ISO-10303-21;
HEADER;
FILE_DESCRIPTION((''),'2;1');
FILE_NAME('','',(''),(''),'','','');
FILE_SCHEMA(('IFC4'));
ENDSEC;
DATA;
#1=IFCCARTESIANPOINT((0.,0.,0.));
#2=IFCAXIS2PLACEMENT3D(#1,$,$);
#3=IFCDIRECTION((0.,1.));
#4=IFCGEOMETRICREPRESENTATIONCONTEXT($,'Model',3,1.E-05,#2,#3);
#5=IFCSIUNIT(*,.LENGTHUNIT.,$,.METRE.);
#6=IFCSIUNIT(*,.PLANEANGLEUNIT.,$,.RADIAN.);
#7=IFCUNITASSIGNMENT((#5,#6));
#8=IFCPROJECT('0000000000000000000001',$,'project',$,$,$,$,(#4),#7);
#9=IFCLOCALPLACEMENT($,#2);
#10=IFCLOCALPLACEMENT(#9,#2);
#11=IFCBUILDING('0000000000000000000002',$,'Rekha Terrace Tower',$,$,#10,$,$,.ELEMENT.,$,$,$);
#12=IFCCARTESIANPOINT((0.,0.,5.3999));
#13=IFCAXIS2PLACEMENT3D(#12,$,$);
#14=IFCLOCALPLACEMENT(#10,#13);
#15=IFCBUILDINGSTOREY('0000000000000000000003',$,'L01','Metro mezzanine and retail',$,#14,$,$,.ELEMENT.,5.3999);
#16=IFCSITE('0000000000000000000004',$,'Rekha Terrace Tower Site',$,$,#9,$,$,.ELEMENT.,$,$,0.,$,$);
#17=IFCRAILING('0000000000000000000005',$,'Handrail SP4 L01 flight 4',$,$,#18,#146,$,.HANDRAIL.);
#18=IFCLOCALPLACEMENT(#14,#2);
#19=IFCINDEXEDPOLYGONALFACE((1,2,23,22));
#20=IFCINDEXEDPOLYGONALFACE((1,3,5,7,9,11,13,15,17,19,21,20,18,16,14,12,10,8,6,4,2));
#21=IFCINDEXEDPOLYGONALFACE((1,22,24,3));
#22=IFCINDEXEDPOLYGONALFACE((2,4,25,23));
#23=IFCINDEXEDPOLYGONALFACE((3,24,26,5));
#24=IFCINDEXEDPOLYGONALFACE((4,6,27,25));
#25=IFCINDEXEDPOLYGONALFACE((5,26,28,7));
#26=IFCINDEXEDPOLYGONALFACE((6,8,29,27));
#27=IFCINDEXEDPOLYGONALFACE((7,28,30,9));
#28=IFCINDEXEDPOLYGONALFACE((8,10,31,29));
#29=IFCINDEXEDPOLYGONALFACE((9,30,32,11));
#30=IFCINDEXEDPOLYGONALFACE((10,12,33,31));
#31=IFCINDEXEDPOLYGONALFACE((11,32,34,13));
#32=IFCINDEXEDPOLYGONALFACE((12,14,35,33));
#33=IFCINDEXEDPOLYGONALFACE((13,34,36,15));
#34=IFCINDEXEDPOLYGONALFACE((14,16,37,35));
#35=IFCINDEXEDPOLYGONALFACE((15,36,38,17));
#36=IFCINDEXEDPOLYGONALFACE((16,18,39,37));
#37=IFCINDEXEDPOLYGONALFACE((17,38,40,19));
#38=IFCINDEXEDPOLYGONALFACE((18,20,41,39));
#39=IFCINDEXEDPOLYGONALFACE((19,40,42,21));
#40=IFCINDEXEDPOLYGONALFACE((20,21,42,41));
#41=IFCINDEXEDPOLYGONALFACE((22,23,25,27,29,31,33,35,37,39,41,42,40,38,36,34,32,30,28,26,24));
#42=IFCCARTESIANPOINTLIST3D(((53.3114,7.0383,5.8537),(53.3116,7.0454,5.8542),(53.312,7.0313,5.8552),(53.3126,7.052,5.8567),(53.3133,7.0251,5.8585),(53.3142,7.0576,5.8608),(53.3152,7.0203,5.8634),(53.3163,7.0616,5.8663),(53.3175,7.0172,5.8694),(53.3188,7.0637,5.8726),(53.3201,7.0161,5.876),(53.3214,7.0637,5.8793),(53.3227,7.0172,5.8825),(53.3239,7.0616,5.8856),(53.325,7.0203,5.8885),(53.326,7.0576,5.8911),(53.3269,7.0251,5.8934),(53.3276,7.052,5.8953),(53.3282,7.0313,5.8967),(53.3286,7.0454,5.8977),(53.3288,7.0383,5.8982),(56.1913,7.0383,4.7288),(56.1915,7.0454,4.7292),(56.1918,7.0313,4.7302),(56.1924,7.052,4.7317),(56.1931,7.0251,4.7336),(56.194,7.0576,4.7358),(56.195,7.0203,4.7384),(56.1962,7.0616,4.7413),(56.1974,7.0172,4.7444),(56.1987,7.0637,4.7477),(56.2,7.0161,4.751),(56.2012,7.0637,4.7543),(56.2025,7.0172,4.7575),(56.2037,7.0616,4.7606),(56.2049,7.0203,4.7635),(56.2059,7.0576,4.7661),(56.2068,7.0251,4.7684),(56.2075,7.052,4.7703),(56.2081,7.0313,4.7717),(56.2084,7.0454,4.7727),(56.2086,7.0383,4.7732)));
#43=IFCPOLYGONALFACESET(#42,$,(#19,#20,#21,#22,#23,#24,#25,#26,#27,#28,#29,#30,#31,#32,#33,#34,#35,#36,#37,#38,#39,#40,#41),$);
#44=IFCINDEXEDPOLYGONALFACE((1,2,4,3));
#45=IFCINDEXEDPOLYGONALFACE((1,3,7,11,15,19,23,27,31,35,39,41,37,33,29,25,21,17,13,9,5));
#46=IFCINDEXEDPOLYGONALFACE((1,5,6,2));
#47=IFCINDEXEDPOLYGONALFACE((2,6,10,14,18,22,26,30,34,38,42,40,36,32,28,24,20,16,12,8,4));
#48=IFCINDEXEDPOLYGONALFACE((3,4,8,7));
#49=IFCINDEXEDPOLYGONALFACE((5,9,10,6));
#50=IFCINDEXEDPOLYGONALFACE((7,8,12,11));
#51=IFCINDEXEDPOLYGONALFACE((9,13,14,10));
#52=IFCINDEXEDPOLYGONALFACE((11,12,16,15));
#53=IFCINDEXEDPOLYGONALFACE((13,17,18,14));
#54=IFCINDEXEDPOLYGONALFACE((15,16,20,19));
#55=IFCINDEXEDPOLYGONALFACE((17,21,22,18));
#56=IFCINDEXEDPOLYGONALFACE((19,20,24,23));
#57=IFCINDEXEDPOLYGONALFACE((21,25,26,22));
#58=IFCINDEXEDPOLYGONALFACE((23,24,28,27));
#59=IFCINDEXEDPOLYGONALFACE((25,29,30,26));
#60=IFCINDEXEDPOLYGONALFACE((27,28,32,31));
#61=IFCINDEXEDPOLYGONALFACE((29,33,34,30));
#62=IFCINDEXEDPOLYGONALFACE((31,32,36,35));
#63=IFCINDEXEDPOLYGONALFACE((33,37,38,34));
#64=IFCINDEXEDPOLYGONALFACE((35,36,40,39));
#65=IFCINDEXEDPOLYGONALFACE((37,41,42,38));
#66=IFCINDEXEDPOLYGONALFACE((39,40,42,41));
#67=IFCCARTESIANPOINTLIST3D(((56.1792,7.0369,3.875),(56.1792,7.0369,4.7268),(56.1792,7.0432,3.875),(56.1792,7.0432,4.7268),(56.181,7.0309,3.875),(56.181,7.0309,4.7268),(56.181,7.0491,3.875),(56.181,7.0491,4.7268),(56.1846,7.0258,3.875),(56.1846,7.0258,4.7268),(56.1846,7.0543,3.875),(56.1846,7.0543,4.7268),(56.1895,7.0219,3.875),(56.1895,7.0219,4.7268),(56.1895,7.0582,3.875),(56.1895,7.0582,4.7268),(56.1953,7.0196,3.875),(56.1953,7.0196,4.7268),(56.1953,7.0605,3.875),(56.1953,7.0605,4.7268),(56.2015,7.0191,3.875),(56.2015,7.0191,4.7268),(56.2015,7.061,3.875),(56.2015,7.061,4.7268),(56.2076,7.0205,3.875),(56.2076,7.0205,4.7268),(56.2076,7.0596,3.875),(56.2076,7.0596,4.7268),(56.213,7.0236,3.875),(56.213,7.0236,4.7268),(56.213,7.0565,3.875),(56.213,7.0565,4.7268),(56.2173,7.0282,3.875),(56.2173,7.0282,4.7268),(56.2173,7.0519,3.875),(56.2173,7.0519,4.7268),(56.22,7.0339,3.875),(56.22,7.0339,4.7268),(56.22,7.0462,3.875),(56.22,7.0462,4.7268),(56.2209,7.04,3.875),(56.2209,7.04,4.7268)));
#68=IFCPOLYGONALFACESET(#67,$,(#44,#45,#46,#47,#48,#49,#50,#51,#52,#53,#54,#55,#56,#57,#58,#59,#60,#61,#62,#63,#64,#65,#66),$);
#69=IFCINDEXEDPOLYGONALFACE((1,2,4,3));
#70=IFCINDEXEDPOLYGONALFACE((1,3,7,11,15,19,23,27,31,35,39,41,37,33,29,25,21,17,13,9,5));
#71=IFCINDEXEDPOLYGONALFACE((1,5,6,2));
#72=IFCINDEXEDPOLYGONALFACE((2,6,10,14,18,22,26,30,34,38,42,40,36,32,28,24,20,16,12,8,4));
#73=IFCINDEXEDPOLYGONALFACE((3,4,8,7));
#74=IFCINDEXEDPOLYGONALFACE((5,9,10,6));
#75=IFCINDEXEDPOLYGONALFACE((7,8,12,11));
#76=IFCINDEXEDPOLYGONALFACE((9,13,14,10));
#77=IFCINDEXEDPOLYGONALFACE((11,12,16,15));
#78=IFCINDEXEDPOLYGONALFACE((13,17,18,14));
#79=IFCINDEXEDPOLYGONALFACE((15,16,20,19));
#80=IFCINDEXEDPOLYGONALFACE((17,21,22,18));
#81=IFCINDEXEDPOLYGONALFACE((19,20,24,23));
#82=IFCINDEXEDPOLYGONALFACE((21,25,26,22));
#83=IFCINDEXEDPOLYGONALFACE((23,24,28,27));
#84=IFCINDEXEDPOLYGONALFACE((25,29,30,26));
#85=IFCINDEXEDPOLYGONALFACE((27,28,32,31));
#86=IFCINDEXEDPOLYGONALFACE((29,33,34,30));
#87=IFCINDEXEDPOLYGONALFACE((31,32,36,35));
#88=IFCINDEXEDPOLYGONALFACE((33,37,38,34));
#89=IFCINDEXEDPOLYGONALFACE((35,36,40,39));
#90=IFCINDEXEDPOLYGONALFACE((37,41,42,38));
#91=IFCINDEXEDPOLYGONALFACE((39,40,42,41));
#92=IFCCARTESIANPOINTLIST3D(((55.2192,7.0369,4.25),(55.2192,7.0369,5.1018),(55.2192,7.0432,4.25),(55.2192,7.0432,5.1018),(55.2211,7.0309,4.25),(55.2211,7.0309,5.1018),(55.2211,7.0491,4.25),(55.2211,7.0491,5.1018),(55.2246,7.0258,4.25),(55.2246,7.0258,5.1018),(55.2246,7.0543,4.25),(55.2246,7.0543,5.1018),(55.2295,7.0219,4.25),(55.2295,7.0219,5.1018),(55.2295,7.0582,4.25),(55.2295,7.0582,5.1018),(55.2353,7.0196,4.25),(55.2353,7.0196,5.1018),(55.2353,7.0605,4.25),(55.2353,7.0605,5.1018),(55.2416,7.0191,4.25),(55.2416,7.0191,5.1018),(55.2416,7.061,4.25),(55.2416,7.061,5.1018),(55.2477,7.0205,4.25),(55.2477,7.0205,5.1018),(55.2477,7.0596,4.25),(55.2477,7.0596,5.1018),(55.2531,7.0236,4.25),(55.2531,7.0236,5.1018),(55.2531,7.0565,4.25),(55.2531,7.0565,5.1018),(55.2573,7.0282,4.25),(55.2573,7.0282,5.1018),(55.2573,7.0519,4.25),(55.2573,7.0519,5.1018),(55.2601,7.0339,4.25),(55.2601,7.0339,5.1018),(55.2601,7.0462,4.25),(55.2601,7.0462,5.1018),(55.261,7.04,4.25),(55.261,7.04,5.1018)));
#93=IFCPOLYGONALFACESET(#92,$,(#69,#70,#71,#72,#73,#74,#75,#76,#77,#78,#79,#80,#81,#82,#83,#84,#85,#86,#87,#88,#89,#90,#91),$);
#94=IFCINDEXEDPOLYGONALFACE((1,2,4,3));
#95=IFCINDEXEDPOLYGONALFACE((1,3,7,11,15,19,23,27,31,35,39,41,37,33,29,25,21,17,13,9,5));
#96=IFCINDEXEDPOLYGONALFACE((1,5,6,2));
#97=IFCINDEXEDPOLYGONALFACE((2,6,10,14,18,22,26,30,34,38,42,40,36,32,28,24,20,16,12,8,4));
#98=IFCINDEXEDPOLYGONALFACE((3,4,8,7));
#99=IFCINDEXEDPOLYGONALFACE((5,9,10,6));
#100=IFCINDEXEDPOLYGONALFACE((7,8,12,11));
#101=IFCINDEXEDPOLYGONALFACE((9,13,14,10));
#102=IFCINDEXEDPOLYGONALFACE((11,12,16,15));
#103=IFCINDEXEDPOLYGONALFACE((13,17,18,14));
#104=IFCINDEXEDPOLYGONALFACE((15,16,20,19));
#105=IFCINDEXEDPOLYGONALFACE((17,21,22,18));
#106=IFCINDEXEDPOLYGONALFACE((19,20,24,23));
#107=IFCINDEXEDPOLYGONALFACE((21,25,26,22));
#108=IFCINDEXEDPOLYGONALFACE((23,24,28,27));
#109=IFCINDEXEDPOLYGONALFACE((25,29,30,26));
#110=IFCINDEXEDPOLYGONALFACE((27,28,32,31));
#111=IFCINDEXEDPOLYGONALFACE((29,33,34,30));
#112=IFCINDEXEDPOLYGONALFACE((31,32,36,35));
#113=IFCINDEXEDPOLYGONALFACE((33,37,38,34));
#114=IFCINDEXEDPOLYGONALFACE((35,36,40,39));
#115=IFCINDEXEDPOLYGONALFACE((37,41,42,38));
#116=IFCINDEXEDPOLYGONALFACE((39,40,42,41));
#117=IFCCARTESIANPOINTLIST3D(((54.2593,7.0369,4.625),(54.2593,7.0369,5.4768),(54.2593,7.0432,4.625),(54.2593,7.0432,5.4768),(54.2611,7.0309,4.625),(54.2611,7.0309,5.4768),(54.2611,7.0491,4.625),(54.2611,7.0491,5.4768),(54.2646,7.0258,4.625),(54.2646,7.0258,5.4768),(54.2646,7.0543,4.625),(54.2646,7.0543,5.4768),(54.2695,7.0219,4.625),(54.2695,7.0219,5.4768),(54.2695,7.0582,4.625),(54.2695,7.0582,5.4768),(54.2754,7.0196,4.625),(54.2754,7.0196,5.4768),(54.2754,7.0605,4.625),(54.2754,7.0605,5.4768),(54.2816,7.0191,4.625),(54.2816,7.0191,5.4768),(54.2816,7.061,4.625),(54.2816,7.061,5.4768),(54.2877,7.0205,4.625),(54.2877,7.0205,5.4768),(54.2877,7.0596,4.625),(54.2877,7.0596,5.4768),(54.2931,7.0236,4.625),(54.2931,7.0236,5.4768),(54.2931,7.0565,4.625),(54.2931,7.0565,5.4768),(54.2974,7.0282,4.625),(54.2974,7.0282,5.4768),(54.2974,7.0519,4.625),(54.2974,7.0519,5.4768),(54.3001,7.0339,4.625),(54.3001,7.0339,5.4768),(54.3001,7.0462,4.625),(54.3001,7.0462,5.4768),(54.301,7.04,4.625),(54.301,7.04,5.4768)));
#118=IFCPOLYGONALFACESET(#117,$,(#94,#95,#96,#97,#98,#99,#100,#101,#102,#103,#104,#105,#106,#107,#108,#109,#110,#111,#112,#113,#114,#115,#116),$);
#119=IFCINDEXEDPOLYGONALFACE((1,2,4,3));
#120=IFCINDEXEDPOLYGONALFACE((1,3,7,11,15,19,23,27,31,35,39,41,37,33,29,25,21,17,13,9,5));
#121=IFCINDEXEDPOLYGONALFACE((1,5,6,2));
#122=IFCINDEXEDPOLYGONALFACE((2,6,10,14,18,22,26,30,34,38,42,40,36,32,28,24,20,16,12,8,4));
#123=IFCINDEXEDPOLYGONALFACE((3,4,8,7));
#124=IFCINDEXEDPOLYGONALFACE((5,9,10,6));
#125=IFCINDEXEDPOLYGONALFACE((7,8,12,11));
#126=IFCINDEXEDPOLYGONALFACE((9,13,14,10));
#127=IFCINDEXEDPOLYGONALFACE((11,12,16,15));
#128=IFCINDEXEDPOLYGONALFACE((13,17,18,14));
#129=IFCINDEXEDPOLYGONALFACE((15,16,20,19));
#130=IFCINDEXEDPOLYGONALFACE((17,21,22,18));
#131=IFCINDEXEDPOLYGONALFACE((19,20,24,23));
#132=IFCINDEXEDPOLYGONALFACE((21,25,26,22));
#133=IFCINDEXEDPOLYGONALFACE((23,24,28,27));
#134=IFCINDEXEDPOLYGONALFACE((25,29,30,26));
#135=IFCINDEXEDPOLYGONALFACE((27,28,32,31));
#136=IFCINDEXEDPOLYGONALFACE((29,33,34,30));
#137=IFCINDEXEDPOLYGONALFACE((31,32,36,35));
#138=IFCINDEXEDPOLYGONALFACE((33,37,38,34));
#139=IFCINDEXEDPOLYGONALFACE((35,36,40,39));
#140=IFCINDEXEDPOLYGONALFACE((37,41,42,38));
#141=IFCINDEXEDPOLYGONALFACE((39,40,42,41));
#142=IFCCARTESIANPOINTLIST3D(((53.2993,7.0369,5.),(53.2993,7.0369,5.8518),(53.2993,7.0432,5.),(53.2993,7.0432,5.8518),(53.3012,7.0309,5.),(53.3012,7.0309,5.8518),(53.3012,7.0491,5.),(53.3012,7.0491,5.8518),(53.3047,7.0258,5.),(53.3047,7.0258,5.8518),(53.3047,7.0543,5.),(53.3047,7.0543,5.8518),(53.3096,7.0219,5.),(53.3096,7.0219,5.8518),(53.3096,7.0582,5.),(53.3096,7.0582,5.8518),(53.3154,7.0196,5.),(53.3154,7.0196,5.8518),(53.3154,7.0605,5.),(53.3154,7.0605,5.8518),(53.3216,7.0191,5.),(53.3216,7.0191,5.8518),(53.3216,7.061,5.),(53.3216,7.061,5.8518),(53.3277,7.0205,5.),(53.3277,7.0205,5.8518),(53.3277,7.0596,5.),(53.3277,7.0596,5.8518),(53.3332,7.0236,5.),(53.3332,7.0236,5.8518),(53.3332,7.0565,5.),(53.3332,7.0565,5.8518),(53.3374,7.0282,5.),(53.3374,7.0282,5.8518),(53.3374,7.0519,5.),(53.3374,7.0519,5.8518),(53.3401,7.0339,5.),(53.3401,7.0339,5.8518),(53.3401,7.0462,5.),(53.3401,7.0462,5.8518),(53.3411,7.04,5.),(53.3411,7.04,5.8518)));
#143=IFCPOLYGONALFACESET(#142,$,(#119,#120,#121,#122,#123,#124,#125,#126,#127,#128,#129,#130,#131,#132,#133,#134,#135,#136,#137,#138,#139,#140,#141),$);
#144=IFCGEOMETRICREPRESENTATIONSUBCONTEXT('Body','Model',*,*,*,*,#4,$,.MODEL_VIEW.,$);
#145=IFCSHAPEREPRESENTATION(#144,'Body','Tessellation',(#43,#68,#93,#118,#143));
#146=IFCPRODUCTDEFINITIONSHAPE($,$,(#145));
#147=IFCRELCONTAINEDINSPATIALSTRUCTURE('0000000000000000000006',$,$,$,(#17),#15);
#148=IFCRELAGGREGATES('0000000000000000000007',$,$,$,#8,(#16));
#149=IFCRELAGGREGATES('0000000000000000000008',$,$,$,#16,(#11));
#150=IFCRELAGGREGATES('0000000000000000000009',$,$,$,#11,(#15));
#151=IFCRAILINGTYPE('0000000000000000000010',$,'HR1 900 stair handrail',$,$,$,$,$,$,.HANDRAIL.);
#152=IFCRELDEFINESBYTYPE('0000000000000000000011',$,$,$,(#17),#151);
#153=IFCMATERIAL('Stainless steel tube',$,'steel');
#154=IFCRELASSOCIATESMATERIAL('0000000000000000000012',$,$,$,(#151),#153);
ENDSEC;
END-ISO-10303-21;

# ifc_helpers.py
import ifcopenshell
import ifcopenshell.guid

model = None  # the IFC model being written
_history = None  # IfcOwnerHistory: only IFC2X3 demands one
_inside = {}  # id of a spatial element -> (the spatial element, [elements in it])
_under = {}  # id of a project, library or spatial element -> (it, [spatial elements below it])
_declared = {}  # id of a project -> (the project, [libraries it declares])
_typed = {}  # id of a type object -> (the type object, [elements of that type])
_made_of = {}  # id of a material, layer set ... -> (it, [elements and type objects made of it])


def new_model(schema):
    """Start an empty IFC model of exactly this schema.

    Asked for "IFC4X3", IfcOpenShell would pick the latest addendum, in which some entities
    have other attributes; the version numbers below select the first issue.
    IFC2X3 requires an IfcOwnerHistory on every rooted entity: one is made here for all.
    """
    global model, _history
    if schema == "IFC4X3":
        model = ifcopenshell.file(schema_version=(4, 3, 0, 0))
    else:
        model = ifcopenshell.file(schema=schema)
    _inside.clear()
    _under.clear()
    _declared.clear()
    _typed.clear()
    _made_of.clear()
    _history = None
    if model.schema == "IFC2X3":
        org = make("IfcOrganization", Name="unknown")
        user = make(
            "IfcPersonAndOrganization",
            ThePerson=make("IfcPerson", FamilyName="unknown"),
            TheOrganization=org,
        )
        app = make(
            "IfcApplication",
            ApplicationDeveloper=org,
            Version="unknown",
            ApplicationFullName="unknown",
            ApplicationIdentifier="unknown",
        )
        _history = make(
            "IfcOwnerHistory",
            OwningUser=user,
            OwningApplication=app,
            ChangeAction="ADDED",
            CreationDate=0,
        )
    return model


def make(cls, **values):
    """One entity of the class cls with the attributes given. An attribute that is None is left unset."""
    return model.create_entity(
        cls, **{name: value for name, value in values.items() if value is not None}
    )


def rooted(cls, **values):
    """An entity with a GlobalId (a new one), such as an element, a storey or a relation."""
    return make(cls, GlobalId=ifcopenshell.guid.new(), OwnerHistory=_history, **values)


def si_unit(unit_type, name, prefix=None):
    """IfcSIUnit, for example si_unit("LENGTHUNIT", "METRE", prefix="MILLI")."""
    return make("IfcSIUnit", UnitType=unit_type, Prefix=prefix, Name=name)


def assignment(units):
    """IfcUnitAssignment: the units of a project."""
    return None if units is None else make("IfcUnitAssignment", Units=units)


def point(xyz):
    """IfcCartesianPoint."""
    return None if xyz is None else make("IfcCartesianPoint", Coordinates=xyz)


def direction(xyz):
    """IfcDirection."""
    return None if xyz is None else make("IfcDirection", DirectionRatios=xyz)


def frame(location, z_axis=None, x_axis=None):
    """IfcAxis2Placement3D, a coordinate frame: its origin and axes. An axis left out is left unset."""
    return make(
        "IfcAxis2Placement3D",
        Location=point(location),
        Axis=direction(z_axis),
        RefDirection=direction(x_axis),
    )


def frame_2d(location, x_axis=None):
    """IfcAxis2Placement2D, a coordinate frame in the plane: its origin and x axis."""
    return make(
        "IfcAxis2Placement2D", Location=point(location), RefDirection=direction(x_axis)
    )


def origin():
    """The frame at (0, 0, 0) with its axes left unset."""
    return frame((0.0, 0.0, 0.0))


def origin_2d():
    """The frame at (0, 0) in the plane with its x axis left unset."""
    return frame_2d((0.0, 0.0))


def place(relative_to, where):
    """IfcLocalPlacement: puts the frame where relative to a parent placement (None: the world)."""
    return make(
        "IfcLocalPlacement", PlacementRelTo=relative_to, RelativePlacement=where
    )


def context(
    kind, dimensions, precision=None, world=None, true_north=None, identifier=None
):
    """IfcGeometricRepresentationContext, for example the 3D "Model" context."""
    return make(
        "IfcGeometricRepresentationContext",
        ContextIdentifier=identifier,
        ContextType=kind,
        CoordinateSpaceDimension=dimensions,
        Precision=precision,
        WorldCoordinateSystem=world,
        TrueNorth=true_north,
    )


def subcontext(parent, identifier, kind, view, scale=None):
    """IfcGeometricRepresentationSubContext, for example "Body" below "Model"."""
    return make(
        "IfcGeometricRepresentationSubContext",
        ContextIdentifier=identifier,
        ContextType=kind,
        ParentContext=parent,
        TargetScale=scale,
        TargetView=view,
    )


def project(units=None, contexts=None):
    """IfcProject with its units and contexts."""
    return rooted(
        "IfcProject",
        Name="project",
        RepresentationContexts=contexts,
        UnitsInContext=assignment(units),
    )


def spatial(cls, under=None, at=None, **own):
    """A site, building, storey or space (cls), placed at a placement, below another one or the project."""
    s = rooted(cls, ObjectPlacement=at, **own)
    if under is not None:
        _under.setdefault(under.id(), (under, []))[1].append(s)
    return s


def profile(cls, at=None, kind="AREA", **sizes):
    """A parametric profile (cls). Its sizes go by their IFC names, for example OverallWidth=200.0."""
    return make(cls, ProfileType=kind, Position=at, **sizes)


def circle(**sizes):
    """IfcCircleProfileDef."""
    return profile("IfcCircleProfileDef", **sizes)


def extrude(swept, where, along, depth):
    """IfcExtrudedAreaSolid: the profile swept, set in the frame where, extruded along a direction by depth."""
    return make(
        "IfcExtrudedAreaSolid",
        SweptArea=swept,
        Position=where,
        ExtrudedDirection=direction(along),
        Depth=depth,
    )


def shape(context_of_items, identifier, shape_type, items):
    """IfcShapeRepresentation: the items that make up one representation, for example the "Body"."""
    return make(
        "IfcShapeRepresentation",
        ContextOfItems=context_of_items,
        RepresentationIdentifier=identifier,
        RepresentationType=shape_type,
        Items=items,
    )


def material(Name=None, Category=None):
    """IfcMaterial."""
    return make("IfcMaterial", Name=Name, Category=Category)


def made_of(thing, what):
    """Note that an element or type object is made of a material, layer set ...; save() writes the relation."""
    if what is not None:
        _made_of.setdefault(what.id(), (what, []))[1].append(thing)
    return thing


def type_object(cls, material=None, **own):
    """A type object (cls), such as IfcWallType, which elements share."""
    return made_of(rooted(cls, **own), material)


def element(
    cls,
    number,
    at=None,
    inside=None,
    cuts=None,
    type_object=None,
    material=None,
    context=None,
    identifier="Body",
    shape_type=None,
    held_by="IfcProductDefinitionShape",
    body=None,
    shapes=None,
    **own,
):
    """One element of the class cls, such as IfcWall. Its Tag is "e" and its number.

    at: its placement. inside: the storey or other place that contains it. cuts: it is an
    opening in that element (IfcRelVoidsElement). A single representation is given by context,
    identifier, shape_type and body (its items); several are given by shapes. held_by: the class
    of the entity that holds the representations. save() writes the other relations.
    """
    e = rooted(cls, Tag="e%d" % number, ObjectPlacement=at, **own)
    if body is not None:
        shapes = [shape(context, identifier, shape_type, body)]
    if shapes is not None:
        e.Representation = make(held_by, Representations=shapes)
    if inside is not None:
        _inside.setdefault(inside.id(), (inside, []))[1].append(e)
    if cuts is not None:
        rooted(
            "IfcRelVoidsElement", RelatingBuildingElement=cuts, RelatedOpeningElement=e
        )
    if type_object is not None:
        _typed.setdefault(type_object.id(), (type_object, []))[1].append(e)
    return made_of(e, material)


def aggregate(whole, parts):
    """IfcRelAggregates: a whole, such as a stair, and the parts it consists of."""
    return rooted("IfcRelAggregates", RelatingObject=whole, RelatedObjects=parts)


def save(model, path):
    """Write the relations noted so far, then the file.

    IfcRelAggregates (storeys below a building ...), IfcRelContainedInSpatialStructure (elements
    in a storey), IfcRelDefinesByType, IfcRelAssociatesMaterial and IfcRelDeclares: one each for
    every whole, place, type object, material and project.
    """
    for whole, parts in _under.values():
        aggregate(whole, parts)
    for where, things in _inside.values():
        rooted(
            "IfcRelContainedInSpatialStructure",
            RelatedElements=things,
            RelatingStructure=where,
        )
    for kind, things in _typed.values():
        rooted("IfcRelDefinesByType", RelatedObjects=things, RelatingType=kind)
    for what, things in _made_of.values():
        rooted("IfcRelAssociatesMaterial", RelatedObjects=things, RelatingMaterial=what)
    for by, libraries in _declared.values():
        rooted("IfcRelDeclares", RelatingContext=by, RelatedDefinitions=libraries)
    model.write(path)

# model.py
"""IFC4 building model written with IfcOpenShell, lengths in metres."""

from ifc_helpers import new_model, si_unit, direction, frame, origin, origin_2d, place, context, subcontext, project, spatial, circle, extrude, material, type_object, element, save


model = new_model("IFC4")

# Units and contexts
model_context = context("Model", 3, precision=1e-05, world=origin(), true_north=direction((0.0, 1.0)))
body_context = subcontext(model_context, "Body", "Model", "MODEL_VIEW")
ifc_project = project(units=[si_unit("LENGTHUNIT", "METRE"), si_unit("PLANEANGLEUNIT", "RADIAN")], contexts=[model_context])

# Site, building, storey
site_placement = place(None, origin())
site = spatial("IfcSite", under=ifc_project, at=site_placement, Name="Rekha Terrace Tower Site", CompositionType="ELEMENT", RefElevation=0.0)
building_placement = place(site_placement, origin())
building = spatial("IfcBuilding", under=site, at=building_placement, Name="Rekha Terrace Tower", CompositionType="ELEMENT")
storey_placement = place(building_placement, frame((0.0, 0.0, 5.3999)))
storey = spatial("IfcBuildingStorey", under=building, at=storey_placement, Name="L01", Description="Metro mezzanine and retail", CompositionType="ELEMENT", Elevation=5.3999)

# Railing
ifc_material_1 = material(Name="Stainless steel tube", Category="steel")
railing_type_1 = type_object("IfcRailingType", Name="HR1 900 stair handrail", PredefinedType="HANDRAIL", material=ifc_material_1)
railing_1_placement = place(storey_placement, frame((56.2, 7.04, 3.875)))
element("IfcRailing", 1, at=railing_1_placement, inside=storey, type_object=railing_type_1, Name="Handrail SP4 L01 flight 4", PredefinedType="HANDRAIL", context=body_context, shape_type="SweptSolid", body=[
    extrude(circle(Radius=0.0239, at=origin_2d()), frame((0.0, 0.0, 0.876), z_axis=(-0.931452, 0.0, 0.363863), x_axis=(0.0, -1.0, 0.0)), (0.0, 0.0, 1.0), 3.0918),
    extrude(circle(Radius=0.021, at=origin_2d()), origin(), (0.0, 0.0, 1.0), 0.8518),
    extrude(circle(Radius=0.021, at=origin_2d()), frame((-0.96, 0.0, 0.375)), (0.0, 0.0, 1.0), 0.8518),
    extrude(circle(Radius=0.021, at=origin_2d()), frame((-1.9199, 0.0, 0.75)), (0.0, 0.0, 1.0), 0.8518),
    extrude(circle(Radius=0.021, at=origin_2d()), frame((-2.8799, 0.0, 1.125)), (0.0, 0.0, 1.0), 0.8518),
])

save(model, "model.ifc")
